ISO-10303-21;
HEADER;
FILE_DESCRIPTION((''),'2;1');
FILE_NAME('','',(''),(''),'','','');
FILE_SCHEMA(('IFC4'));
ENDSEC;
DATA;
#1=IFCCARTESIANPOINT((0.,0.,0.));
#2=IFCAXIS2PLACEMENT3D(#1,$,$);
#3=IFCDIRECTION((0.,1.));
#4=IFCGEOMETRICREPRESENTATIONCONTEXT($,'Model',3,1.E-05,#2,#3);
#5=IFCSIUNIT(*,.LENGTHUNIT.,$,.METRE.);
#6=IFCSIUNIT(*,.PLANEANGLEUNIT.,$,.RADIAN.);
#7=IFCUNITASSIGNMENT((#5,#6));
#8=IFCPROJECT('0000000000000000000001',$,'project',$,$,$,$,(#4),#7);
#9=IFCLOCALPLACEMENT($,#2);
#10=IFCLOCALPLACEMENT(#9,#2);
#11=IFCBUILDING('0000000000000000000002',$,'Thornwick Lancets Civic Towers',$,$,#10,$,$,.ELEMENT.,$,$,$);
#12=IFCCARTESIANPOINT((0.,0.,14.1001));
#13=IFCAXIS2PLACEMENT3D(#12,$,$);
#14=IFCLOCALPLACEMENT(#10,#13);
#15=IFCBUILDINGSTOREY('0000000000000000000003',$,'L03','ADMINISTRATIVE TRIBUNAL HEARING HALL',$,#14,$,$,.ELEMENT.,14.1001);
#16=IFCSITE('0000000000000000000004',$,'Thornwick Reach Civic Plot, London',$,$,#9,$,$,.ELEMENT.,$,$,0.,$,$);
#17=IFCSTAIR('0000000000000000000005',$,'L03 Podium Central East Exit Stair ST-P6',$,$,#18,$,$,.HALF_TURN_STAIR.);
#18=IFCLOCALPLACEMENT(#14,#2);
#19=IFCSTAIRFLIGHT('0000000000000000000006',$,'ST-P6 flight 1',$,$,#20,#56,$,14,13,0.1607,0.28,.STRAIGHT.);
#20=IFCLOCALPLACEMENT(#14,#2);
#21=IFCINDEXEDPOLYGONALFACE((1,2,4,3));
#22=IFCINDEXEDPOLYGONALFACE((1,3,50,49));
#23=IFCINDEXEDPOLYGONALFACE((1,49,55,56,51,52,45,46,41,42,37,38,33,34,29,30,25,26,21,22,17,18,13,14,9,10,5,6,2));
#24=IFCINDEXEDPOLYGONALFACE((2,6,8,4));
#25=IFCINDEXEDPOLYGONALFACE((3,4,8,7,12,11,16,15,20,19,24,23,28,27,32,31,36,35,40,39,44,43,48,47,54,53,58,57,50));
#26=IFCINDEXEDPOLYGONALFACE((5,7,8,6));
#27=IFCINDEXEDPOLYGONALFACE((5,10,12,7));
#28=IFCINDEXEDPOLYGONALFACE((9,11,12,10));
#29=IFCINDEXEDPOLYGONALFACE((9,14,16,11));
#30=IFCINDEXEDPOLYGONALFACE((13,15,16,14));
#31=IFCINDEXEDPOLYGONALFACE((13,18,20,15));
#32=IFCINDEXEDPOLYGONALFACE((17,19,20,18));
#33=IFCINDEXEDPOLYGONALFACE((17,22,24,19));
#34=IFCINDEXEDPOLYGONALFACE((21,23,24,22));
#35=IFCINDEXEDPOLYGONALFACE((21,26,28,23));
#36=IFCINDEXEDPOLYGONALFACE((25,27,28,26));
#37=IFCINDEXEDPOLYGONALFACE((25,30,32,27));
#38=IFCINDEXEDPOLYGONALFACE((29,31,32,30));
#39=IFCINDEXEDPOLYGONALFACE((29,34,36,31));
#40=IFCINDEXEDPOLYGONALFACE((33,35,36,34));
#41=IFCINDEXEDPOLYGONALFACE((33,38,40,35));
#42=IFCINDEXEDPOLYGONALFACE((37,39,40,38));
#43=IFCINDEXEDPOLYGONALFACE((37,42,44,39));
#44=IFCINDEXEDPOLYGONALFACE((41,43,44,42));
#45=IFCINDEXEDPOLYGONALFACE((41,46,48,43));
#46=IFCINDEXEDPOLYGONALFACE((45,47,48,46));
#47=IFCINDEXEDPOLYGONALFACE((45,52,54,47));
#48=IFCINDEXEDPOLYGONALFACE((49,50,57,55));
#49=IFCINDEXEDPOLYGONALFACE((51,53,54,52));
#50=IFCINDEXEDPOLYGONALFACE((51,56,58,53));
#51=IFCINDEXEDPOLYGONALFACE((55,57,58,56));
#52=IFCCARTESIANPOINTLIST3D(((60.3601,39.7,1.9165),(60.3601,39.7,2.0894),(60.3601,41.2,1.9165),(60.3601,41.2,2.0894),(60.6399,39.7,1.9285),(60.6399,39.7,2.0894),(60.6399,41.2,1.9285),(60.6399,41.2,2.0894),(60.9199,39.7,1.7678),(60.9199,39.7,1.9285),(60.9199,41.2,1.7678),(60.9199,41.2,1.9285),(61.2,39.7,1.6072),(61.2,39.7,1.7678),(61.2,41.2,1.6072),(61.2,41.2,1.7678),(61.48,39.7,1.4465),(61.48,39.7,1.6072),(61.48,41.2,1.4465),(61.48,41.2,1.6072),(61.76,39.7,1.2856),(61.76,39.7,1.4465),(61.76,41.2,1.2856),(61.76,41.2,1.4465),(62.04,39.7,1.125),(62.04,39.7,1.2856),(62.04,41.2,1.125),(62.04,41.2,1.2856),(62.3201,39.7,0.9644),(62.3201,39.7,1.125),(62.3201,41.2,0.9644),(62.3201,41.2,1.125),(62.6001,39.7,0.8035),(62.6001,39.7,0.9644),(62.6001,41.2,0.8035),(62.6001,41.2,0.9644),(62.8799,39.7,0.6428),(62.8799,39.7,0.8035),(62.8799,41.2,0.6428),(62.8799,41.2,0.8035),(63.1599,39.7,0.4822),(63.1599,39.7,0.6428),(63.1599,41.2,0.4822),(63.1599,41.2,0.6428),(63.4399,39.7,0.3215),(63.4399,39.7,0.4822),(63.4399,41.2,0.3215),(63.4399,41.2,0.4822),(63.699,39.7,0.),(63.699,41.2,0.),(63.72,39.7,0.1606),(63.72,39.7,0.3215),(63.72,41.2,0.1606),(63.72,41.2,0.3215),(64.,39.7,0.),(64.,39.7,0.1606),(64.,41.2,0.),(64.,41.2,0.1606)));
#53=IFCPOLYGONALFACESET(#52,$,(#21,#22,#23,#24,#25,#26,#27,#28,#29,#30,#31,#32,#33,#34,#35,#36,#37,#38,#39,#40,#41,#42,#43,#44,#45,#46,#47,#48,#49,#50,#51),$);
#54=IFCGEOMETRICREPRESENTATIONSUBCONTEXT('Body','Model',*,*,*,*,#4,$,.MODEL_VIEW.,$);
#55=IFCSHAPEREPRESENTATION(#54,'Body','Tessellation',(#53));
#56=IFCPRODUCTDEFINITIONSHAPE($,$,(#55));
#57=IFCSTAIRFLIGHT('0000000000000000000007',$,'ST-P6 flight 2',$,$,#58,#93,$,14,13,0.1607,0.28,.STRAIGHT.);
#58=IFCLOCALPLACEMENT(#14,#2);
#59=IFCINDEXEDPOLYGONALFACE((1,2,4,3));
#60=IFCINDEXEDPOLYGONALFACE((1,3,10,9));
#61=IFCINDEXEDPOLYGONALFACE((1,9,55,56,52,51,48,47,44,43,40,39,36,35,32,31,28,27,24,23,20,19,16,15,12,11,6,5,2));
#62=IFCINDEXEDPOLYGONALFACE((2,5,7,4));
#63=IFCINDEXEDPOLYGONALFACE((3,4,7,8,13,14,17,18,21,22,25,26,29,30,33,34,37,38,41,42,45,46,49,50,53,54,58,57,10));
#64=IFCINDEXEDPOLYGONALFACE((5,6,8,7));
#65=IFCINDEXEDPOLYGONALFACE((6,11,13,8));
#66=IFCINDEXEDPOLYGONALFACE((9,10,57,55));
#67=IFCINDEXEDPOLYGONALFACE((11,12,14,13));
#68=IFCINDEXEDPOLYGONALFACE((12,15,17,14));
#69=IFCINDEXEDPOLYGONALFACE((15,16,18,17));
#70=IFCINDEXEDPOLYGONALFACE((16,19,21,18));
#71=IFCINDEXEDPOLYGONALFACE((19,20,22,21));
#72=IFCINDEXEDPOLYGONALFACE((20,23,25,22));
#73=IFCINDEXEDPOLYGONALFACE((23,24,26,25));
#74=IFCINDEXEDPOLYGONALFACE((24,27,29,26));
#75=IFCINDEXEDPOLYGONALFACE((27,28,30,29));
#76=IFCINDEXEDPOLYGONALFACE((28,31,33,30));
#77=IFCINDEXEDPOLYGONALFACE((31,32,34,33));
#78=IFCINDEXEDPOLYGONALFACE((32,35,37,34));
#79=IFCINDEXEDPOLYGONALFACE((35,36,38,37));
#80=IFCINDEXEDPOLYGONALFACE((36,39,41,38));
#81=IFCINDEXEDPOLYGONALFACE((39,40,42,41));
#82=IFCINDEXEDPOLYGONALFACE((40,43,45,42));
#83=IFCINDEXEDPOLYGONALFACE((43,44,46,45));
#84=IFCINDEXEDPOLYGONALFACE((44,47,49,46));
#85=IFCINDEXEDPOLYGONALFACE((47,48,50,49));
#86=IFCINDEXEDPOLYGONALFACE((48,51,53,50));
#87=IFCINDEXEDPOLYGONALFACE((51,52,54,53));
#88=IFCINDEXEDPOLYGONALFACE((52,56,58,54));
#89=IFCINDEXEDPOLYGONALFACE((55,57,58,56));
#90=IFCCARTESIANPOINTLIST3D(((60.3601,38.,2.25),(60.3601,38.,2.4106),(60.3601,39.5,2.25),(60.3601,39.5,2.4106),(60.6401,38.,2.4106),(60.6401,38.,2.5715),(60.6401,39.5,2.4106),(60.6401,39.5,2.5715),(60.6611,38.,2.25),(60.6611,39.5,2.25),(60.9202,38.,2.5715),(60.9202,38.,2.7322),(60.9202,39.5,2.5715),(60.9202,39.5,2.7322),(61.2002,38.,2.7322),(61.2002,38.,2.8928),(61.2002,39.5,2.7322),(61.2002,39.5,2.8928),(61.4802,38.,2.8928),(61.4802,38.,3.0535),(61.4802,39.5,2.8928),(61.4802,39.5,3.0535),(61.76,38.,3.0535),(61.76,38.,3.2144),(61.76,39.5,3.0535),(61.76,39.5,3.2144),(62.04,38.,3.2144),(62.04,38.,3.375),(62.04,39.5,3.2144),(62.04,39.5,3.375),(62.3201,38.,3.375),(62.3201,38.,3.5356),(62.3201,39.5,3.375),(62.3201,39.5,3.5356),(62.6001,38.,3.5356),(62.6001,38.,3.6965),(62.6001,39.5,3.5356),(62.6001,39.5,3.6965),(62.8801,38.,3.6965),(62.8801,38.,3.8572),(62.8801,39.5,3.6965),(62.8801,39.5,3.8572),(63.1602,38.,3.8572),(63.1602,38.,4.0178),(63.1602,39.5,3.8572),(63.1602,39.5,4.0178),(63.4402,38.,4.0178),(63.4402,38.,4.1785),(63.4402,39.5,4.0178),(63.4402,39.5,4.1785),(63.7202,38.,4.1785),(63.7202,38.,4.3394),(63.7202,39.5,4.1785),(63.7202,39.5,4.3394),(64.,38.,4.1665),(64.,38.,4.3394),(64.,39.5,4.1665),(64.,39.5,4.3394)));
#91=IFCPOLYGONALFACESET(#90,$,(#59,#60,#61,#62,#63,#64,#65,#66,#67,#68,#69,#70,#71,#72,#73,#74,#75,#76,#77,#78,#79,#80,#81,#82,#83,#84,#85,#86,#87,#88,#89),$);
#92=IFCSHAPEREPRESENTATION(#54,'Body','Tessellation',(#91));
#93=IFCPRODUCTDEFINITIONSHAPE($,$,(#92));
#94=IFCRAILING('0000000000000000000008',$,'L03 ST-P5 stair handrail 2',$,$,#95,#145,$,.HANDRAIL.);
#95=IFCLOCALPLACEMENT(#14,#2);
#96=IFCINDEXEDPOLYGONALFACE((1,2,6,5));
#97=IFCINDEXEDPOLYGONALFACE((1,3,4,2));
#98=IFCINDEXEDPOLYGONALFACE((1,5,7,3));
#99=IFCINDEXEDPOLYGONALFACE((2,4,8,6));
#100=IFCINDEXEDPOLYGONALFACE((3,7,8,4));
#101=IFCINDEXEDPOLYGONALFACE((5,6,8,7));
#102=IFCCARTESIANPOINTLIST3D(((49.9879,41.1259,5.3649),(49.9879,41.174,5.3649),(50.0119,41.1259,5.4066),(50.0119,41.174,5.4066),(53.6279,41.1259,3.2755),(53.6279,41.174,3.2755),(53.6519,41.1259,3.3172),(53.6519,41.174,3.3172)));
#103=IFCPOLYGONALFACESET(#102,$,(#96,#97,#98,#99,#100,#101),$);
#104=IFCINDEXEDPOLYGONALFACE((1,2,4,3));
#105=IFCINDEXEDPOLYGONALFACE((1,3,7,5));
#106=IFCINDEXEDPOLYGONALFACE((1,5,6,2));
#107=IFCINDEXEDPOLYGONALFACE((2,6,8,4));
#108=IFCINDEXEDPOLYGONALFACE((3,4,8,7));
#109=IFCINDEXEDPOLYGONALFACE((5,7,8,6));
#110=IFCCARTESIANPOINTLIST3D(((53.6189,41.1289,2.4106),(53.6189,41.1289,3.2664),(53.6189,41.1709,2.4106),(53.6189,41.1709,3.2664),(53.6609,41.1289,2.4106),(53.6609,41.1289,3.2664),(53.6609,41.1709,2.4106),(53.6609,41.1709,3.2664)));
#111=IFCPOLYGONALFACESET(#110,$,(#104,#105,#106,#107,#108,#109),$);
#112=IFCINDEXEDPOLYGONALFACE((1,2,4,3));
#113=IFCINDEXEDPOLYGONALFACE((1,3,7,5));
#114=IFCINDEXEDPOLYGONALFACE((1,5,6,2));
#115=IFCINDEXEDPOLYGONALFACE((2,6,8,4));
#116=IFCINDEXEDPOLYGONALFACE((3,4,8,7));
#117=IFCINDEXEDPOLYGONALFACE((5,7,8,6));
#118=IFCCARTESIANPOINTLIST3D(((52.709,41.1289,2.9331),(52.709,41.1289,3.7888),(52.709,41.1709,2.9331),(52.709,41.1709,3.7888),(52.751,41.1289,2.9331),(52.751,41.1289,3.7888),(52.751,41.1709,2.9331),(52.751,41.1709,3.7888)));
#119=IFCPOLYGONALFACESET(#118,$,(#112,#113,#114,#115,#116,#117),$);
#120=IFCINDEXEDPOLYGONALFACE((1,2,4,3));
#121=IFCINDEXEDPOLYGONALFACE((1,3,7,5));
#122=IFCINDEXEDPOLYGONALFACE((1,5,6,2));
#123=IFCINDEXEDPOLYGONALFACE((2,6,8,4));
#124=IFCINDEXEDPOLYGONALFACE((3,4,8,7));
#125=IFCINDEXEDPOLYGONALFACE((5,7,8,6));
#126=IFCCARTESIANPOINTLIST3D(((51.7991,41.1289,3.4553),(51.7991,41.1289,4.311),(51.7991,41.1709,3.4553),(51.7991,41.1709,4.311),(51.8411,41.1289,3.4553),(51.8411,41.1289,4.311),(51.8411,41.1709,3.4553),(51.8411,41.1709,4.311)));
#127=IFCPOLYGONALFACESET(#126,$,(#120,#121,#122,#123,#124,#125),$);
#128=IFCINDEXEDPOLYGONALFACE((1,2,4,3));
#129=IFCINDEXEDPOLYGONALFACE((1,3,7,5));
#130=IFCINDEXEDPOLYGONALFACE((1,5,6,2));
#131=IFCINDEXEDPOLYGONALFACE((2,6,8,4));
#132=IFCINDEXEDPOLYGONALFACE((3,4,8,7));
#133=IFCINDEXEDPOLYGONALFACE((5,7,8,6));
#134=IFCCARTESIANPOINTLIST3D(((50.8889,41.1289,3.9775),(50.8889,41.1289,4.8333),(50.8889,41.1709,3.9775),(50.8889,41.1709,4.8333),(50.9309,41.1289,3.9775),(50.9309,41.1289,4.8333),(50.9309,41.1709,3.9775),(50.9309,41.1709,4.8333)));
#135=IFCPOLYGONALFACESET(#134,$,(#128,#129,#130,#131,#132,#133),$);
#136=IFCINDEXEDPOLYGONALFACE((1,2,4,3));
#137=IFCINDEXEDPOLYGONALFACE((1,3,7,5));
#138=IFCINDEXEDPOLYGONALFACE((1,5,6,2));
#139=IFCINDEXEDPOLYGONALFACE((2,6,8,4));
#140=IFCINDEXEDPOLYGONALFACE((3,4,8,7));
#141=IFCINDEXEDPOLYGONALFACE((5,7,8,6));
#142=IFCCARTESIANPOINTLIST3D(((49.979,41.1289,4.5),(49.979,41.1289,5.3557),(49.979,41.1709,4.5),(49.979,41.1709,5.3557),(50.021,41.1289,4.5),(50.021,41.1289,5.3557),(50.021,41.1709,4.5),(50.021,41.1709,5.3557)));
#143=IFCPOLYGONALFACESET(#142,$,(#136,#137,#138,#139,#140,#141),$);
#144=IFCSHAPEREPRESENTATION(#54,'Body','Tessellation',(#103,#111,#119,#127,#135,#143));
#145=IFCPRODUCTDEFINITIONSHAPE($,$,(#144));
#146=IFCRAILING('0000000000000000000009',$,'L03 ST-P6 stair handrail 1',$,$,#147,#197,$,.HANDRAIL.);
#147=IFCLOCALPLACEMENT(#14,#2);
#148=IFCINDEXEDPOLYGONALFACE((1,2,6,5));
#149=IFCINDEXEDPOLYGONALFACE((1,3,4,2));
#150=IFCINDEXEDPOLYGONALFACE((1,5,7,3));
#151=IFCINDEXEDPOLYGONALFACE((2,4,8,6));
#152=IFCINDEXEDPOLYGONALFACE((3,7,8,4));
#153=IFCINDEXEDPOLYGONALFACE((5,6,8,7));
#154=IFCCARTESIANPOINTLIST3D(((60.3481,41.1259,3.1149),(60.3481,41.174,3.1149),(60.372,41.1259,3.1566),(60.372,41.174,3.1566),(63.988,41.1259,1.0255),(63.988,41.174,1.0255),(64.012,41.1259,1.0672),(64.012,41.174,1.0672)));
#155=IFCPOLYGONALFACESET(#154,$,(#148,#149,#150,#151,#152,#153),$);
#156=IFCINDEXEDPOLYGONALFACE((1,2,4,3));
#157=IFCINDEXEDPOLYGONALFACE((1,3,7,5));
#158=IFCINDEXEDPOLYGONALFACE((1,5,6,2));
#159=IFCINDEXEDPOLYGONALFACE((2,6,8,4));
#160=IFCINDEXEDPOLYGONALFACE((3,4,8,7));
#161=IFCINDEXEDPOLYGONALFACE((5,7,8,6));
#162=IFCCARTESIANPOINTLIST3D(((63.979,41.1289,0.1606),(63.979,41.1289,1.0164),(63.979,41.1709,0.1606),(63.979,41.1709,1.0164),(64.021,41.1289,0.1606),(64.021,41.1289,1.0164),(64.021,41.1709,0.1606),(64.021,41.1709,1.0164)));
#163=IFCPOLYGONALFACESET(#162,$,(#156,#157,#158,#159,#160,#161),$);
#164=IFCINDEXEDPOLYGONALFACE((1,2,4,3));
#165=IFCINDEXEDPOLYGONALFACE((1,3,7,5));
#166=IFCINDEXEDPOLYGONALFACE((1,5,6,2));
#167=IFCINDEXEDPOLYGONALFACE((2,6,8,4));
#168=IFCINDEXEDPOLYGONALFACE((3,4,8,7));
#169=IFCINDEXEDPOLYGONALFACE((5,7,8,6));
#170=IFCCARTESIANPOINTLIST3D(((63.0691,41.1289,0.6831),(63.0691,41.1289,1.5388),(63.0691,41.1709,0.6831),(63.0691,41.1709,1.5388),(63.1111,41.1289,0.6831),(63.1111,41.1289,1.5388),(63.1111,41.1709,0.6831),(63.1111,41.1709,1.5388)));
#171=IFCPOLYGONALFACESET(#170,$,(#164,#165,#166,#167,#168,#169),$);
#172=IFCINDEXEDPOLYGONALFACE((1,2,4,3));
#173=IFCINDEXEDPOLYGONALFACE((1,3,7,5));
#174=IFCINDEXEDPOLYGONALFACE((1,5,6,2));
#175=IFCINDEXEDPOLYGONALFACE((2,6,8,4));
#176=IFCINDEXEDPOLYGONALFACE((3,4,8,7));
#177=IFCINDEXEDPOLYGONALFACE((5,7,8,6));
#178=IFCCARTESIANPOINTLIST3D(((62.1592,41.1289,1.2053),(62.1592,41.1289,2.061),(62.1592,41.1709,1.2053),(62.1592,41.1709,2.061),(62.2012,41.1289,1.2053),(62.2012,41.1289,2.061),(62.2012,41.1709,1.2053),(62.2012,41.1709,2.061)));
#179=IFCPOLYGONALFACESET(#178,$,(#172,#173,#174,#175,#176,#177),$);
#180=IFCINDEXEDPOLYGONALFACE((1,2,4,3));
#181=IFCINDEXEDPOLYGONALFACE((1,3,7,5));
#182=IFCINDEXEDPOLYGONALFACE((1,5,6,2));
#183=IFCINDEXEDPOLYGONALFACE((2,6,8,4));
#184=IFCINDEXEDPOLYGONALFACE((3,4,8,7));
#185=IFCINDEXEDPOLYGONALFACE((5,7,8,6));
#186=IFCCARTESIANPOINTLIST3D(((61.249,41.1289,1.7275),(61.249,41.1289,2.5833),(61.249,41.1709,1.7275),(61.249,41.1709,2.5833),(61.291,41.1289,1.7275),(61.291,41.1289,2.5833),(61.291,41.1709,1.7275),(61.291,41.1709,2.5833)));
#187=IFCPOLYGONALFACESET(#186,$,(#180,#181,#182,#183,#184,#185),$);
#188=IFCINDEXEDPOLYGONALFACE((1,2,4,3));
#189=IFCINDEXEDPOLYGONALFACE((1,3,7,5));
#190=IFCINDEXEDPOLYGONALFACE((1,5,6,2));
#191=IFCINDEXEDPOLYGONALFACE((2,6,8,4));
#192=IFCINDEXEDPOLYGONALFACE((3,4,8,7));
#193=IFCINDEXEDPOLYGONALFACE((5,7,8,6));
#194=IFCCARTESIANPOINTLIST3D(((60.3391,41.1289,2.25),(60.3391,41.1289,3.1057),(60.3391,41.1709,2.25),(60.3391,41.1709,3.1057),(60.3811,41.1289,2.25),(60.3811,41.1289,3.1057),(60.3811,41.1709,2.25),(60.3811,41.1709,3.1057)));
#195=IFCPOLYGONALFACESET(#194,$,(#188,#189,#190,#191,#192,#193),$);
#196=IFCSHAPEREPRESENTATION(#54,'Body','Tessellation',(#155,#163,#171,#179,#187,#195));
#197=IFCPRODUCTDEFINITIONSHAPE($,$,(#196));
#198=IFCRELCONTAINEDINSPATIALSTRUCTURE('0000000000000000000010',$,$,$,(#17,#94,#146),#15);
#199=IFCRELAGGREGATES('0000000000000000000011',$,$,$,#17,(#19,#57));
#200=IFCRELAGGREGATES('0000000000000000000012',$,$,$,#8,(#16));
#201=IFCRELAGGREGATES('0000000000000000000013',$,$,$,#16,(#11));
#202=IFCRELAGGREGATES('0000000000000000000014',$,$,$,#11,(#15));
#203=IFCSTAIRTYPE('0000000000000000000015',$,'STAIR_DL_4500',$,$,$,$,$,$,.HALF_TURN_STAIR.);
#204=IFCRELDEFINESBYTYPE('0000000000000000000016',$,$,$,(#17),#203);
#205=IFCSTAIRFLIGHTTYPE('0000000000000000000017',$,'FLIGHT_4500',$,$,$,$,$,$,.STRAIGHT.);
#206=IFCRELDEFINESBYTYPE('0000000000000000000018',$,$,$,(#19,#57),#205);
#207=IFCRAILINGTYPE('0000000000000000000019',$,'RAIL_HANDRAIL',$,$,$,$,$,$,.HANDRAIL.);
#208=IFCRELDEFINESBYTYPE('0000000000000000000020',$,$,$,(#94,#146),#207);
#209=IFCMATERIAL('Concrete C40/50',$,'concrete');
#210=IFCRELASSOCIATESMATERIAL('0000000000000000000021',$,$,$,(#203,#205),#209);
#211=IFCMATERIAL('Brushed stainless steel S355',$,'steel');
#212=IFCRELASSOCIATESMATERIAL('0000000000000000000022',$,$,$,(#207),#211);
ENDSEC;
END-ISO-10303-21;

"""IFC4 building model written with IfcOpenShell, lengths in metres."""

from ifc_helpers import new_model, si_unit, direction, frame, origin, origin_2d, place, context, subcontext, project, spatial, polyline, rectangle, outline, extrude, material, type_object, element, aggregate, save


model = new_model("IFC4")

# Units and contexts
model_context = context("Model", 3, precision=1e-05, world=origin(), true_north=direction((0.0, 1.0)))
body_context = subcontext(model_context, "Body", "Model", "MODEL_VIEW")
ifc_project = project(units=[si_unit("LENGTHUNIT", "METRE"), si_unit("PLANEANGLEUNIT", "RADIAN")], contexts=[model_context])

# Site, building, storey
site_placement = place(None, origin())
site = spatial("IfcSite", under=ifc_project, at=site_placement, Name="Thornwick Reach Civic Plot, London", CompositionType="ELEMENT", RefElevation=0.0)
building_placement = place(site_placement, origin())
building = spatial("IfcBuilding", under=site, at=building_placement, Name="Thornwick Lancets Civic Towers", CompositionType="ELEMENT")
storey_placement = place(building_placement, frame((0.0, 0.0, 14.1001)))
storey = spatial("IfcBuildingStorey", under=building, at=storey_placement, Name="L03", Description="ADMINISTRATIVE TRIBUNAL HEARING HALL", CompositionType="ELEMENT", Elevation=14.1001)

# Shared definitions
ifc_material_1 = material(Name="Concrete C40/50", Category="concrete")

# Stair, stair flights
stair_type = type_object("IfcStairType", Name="STAIR_DL_4500", PredefinedType="HALF_TURN_STAIR", material=ifc_material_1)
stair_placement = place(storey_placement, origin())
stair = element("IfcStair", 1, at=stair_placement, inside=storey, type_object=stair_type, Name="L03 Podium Central East Exit Stair ST-P6", PredefinedType="HALF_TURN_STAIR")
stair_flight_type = type_object("IfcStairFlightType", Name="FLIGHT_4500", PredefinedType="STRAIGHT", material=ifc_material_1)
stair_flight_1_placement = place(storey_placement, frame((64.0, 40.45, 0.0), z_axis=(0.0, 0.0, 1.0), x_axis=(-1.0, 0.0, 0.0)))
stair_flight_1 = element("IfcStairFlight", 2, at=stair_flight_1_placement, type_object=stair_flight_type, Name="ST-P6 flight 1", NumberOfRisers=14, NumberOfTreads=13, PredefinedType="STRAIGHT", RiserHeight=0.1607, TreadLength=0.28, context=body_context, shape_type="SweptSolid", body=[
    extrude(outline(polyline([(0.0, 0.0), (0.0, 0.1606), (0.28, 0.1606), (0.28, 0.3215), (0.5601, 0.3215), (0.5601, 0.4822), (0.8401, 0.4822), (0.8401, 0.6428), (1.1201, 0.6428), (1.1201, 0.8035), (1.3999, 0.8035), (1.3999, 0.9644), (1.6799, 0.9644), (1.6799, 1.125), (1.96, 1.125), (1.96, 1.2856), (2.24, 1.2856), (2.24, 1.4465), (2.52, 1.4465), (2.52, 1.6072), (2.8, 1.6072), (2.8, 1.7678), (3.0801, 1.7678), (3.0801, 1.9285), (3.3601, 1.9285), (3.3601, 2.0894), (3.6399, 2.0894), (3.6399, 2.25), (3.6399, 1.9165), (0.301, 0.0), (0.0, 0.0)])), frame((0.0, 0.75, 0.0), z_axis=(0.0, -1.0, 0.0), x_axis=(1.0, 0.0, 0.0)), (0.0, 0.0, 1.0), 1.5),
])
stair_flight_2_placement = place(storey_placement, frame((60.3601, 38.75, 2.25), z_axis=(0.0, 0.0, 1.0), x_axis=(1.0, 0.0, 0.0)))
stair_flight_2 = element("IfcStairFlight", 3, at=stair_flight_2_placement, type_object=stair_flight_type, Name="ST-P6 flight 2", NumberOfRisers=14, NumberOfTreads=13, PredefinedType="STRAIGHT", RiserHeight=0.1607, TreadLength=0.28, context=body_context, shape_type="SweptSolid", body=[
    extrude(outline(polyline([(0.0, 0.0), (0.0, 0.1606), (0.28, 0.1606), (0.28, 0.3215), (0.5601, 0.3215), (0.5601, 0.4822), (0.8401, 0.4822), (0.8401, 0.6428), (1.1201, 0.6428), (1.1201, 0.8035), (1.3999, 0.8035), (1.3999, 0.9644), (1.6799, 0.9644), (1.6799, 1.125), (1.96, 1.125), (1.96, 1.2856), (2.24, 1.2856), (2.24, 1.4465), (2.52, 1.4465), (2.52, 1.6072), (2.8, 1.6072), (2.8, 1.7678), (3.0801, 1.7678), (3.0801, 1.9285), (3.3601, 1.9285), (3.3601, 2.0894), (3.6399, 2.0894), (3.6399, 2.25), (3.6399, 1.9165), (0.301, 0.0), (0.0, 0.0)])), frame((0.0, 0.75, 0.0), z_axis=(0.0, -1.0, 0.0), x_axis=(1.0, 0.0, 0.0)), (0.0, 0.0, 1.0), 1.5),
])
aggregate(stair, [stair_flight_1, stair_flight_2])

# Railings
ifc_material_2 = material(Name="Brushed stainless steel S355", Category="steel")
railing_type_1 = type_object("IfcRailingType", Name="RAIL_HANDRAIL", PredefinedType="HANDRAIL", material=ifc_material_2)
for number, where, name in (
    (4, (53.6399, 41.1499, 2.4106), "L03 ST-P5 stair handrail 2"),
    (5, (64.0, 41.1499, 0.1606), "L03 ST-P6 stair handrail 1"),
):
    element("IfcRailing", number, at=place(storey_placement, frame(where)), inside=storey, type_object=railing_type_1, Name=name, PredefinedType="HANDRAIL", context=body_context, shape_type="SweptSolid", body=[
        extrude(rectangle(XDim=0.0481, YDim=0.0481, at=origin_2d()), frame((0.0, 0.0, 0.8857), z_axis=(-0.867275, 0.0, 0.497829), x_axis=(0.0, -1.0, 0.0)), (0.0, 0.0, 1.0), 4.197),
        extrude(rectangle(XDim=0.042, YDim=0.042, at=origin_2d()), origin(), (0.0, 0.0, 1.0), 0.8557),
        extrude(rectangle(XDim=0.042, YDim=0.042, at=origin_2d()), frame((-0.9099, 0.0, 0.5225)), (0.0, 0.0, 1.0), 0.8557),
        extrude(rectangle(XDim=0.042, YDim=0.042, at=origin_2d()), frame((-1.8198, 0.0, 1.0447)), (0.0, 0.0, 1.0), 0.8557),
        extrude(rectangle(XDim=0.042, YDim=0.042, at=origin_2d()), frame((-2.73, 0.0, 1.5669)), (0.0, 0.0, 1.0), 0.8557),
        extrude(rectangle(XDim=0.042, YDim=0.042, at=origin_2d()), frame((-3.6399, 0.0, 2.0894)), (0.0, 0.0, 1.0), 0.8557),
    ])

save(model, "model.ifc")
